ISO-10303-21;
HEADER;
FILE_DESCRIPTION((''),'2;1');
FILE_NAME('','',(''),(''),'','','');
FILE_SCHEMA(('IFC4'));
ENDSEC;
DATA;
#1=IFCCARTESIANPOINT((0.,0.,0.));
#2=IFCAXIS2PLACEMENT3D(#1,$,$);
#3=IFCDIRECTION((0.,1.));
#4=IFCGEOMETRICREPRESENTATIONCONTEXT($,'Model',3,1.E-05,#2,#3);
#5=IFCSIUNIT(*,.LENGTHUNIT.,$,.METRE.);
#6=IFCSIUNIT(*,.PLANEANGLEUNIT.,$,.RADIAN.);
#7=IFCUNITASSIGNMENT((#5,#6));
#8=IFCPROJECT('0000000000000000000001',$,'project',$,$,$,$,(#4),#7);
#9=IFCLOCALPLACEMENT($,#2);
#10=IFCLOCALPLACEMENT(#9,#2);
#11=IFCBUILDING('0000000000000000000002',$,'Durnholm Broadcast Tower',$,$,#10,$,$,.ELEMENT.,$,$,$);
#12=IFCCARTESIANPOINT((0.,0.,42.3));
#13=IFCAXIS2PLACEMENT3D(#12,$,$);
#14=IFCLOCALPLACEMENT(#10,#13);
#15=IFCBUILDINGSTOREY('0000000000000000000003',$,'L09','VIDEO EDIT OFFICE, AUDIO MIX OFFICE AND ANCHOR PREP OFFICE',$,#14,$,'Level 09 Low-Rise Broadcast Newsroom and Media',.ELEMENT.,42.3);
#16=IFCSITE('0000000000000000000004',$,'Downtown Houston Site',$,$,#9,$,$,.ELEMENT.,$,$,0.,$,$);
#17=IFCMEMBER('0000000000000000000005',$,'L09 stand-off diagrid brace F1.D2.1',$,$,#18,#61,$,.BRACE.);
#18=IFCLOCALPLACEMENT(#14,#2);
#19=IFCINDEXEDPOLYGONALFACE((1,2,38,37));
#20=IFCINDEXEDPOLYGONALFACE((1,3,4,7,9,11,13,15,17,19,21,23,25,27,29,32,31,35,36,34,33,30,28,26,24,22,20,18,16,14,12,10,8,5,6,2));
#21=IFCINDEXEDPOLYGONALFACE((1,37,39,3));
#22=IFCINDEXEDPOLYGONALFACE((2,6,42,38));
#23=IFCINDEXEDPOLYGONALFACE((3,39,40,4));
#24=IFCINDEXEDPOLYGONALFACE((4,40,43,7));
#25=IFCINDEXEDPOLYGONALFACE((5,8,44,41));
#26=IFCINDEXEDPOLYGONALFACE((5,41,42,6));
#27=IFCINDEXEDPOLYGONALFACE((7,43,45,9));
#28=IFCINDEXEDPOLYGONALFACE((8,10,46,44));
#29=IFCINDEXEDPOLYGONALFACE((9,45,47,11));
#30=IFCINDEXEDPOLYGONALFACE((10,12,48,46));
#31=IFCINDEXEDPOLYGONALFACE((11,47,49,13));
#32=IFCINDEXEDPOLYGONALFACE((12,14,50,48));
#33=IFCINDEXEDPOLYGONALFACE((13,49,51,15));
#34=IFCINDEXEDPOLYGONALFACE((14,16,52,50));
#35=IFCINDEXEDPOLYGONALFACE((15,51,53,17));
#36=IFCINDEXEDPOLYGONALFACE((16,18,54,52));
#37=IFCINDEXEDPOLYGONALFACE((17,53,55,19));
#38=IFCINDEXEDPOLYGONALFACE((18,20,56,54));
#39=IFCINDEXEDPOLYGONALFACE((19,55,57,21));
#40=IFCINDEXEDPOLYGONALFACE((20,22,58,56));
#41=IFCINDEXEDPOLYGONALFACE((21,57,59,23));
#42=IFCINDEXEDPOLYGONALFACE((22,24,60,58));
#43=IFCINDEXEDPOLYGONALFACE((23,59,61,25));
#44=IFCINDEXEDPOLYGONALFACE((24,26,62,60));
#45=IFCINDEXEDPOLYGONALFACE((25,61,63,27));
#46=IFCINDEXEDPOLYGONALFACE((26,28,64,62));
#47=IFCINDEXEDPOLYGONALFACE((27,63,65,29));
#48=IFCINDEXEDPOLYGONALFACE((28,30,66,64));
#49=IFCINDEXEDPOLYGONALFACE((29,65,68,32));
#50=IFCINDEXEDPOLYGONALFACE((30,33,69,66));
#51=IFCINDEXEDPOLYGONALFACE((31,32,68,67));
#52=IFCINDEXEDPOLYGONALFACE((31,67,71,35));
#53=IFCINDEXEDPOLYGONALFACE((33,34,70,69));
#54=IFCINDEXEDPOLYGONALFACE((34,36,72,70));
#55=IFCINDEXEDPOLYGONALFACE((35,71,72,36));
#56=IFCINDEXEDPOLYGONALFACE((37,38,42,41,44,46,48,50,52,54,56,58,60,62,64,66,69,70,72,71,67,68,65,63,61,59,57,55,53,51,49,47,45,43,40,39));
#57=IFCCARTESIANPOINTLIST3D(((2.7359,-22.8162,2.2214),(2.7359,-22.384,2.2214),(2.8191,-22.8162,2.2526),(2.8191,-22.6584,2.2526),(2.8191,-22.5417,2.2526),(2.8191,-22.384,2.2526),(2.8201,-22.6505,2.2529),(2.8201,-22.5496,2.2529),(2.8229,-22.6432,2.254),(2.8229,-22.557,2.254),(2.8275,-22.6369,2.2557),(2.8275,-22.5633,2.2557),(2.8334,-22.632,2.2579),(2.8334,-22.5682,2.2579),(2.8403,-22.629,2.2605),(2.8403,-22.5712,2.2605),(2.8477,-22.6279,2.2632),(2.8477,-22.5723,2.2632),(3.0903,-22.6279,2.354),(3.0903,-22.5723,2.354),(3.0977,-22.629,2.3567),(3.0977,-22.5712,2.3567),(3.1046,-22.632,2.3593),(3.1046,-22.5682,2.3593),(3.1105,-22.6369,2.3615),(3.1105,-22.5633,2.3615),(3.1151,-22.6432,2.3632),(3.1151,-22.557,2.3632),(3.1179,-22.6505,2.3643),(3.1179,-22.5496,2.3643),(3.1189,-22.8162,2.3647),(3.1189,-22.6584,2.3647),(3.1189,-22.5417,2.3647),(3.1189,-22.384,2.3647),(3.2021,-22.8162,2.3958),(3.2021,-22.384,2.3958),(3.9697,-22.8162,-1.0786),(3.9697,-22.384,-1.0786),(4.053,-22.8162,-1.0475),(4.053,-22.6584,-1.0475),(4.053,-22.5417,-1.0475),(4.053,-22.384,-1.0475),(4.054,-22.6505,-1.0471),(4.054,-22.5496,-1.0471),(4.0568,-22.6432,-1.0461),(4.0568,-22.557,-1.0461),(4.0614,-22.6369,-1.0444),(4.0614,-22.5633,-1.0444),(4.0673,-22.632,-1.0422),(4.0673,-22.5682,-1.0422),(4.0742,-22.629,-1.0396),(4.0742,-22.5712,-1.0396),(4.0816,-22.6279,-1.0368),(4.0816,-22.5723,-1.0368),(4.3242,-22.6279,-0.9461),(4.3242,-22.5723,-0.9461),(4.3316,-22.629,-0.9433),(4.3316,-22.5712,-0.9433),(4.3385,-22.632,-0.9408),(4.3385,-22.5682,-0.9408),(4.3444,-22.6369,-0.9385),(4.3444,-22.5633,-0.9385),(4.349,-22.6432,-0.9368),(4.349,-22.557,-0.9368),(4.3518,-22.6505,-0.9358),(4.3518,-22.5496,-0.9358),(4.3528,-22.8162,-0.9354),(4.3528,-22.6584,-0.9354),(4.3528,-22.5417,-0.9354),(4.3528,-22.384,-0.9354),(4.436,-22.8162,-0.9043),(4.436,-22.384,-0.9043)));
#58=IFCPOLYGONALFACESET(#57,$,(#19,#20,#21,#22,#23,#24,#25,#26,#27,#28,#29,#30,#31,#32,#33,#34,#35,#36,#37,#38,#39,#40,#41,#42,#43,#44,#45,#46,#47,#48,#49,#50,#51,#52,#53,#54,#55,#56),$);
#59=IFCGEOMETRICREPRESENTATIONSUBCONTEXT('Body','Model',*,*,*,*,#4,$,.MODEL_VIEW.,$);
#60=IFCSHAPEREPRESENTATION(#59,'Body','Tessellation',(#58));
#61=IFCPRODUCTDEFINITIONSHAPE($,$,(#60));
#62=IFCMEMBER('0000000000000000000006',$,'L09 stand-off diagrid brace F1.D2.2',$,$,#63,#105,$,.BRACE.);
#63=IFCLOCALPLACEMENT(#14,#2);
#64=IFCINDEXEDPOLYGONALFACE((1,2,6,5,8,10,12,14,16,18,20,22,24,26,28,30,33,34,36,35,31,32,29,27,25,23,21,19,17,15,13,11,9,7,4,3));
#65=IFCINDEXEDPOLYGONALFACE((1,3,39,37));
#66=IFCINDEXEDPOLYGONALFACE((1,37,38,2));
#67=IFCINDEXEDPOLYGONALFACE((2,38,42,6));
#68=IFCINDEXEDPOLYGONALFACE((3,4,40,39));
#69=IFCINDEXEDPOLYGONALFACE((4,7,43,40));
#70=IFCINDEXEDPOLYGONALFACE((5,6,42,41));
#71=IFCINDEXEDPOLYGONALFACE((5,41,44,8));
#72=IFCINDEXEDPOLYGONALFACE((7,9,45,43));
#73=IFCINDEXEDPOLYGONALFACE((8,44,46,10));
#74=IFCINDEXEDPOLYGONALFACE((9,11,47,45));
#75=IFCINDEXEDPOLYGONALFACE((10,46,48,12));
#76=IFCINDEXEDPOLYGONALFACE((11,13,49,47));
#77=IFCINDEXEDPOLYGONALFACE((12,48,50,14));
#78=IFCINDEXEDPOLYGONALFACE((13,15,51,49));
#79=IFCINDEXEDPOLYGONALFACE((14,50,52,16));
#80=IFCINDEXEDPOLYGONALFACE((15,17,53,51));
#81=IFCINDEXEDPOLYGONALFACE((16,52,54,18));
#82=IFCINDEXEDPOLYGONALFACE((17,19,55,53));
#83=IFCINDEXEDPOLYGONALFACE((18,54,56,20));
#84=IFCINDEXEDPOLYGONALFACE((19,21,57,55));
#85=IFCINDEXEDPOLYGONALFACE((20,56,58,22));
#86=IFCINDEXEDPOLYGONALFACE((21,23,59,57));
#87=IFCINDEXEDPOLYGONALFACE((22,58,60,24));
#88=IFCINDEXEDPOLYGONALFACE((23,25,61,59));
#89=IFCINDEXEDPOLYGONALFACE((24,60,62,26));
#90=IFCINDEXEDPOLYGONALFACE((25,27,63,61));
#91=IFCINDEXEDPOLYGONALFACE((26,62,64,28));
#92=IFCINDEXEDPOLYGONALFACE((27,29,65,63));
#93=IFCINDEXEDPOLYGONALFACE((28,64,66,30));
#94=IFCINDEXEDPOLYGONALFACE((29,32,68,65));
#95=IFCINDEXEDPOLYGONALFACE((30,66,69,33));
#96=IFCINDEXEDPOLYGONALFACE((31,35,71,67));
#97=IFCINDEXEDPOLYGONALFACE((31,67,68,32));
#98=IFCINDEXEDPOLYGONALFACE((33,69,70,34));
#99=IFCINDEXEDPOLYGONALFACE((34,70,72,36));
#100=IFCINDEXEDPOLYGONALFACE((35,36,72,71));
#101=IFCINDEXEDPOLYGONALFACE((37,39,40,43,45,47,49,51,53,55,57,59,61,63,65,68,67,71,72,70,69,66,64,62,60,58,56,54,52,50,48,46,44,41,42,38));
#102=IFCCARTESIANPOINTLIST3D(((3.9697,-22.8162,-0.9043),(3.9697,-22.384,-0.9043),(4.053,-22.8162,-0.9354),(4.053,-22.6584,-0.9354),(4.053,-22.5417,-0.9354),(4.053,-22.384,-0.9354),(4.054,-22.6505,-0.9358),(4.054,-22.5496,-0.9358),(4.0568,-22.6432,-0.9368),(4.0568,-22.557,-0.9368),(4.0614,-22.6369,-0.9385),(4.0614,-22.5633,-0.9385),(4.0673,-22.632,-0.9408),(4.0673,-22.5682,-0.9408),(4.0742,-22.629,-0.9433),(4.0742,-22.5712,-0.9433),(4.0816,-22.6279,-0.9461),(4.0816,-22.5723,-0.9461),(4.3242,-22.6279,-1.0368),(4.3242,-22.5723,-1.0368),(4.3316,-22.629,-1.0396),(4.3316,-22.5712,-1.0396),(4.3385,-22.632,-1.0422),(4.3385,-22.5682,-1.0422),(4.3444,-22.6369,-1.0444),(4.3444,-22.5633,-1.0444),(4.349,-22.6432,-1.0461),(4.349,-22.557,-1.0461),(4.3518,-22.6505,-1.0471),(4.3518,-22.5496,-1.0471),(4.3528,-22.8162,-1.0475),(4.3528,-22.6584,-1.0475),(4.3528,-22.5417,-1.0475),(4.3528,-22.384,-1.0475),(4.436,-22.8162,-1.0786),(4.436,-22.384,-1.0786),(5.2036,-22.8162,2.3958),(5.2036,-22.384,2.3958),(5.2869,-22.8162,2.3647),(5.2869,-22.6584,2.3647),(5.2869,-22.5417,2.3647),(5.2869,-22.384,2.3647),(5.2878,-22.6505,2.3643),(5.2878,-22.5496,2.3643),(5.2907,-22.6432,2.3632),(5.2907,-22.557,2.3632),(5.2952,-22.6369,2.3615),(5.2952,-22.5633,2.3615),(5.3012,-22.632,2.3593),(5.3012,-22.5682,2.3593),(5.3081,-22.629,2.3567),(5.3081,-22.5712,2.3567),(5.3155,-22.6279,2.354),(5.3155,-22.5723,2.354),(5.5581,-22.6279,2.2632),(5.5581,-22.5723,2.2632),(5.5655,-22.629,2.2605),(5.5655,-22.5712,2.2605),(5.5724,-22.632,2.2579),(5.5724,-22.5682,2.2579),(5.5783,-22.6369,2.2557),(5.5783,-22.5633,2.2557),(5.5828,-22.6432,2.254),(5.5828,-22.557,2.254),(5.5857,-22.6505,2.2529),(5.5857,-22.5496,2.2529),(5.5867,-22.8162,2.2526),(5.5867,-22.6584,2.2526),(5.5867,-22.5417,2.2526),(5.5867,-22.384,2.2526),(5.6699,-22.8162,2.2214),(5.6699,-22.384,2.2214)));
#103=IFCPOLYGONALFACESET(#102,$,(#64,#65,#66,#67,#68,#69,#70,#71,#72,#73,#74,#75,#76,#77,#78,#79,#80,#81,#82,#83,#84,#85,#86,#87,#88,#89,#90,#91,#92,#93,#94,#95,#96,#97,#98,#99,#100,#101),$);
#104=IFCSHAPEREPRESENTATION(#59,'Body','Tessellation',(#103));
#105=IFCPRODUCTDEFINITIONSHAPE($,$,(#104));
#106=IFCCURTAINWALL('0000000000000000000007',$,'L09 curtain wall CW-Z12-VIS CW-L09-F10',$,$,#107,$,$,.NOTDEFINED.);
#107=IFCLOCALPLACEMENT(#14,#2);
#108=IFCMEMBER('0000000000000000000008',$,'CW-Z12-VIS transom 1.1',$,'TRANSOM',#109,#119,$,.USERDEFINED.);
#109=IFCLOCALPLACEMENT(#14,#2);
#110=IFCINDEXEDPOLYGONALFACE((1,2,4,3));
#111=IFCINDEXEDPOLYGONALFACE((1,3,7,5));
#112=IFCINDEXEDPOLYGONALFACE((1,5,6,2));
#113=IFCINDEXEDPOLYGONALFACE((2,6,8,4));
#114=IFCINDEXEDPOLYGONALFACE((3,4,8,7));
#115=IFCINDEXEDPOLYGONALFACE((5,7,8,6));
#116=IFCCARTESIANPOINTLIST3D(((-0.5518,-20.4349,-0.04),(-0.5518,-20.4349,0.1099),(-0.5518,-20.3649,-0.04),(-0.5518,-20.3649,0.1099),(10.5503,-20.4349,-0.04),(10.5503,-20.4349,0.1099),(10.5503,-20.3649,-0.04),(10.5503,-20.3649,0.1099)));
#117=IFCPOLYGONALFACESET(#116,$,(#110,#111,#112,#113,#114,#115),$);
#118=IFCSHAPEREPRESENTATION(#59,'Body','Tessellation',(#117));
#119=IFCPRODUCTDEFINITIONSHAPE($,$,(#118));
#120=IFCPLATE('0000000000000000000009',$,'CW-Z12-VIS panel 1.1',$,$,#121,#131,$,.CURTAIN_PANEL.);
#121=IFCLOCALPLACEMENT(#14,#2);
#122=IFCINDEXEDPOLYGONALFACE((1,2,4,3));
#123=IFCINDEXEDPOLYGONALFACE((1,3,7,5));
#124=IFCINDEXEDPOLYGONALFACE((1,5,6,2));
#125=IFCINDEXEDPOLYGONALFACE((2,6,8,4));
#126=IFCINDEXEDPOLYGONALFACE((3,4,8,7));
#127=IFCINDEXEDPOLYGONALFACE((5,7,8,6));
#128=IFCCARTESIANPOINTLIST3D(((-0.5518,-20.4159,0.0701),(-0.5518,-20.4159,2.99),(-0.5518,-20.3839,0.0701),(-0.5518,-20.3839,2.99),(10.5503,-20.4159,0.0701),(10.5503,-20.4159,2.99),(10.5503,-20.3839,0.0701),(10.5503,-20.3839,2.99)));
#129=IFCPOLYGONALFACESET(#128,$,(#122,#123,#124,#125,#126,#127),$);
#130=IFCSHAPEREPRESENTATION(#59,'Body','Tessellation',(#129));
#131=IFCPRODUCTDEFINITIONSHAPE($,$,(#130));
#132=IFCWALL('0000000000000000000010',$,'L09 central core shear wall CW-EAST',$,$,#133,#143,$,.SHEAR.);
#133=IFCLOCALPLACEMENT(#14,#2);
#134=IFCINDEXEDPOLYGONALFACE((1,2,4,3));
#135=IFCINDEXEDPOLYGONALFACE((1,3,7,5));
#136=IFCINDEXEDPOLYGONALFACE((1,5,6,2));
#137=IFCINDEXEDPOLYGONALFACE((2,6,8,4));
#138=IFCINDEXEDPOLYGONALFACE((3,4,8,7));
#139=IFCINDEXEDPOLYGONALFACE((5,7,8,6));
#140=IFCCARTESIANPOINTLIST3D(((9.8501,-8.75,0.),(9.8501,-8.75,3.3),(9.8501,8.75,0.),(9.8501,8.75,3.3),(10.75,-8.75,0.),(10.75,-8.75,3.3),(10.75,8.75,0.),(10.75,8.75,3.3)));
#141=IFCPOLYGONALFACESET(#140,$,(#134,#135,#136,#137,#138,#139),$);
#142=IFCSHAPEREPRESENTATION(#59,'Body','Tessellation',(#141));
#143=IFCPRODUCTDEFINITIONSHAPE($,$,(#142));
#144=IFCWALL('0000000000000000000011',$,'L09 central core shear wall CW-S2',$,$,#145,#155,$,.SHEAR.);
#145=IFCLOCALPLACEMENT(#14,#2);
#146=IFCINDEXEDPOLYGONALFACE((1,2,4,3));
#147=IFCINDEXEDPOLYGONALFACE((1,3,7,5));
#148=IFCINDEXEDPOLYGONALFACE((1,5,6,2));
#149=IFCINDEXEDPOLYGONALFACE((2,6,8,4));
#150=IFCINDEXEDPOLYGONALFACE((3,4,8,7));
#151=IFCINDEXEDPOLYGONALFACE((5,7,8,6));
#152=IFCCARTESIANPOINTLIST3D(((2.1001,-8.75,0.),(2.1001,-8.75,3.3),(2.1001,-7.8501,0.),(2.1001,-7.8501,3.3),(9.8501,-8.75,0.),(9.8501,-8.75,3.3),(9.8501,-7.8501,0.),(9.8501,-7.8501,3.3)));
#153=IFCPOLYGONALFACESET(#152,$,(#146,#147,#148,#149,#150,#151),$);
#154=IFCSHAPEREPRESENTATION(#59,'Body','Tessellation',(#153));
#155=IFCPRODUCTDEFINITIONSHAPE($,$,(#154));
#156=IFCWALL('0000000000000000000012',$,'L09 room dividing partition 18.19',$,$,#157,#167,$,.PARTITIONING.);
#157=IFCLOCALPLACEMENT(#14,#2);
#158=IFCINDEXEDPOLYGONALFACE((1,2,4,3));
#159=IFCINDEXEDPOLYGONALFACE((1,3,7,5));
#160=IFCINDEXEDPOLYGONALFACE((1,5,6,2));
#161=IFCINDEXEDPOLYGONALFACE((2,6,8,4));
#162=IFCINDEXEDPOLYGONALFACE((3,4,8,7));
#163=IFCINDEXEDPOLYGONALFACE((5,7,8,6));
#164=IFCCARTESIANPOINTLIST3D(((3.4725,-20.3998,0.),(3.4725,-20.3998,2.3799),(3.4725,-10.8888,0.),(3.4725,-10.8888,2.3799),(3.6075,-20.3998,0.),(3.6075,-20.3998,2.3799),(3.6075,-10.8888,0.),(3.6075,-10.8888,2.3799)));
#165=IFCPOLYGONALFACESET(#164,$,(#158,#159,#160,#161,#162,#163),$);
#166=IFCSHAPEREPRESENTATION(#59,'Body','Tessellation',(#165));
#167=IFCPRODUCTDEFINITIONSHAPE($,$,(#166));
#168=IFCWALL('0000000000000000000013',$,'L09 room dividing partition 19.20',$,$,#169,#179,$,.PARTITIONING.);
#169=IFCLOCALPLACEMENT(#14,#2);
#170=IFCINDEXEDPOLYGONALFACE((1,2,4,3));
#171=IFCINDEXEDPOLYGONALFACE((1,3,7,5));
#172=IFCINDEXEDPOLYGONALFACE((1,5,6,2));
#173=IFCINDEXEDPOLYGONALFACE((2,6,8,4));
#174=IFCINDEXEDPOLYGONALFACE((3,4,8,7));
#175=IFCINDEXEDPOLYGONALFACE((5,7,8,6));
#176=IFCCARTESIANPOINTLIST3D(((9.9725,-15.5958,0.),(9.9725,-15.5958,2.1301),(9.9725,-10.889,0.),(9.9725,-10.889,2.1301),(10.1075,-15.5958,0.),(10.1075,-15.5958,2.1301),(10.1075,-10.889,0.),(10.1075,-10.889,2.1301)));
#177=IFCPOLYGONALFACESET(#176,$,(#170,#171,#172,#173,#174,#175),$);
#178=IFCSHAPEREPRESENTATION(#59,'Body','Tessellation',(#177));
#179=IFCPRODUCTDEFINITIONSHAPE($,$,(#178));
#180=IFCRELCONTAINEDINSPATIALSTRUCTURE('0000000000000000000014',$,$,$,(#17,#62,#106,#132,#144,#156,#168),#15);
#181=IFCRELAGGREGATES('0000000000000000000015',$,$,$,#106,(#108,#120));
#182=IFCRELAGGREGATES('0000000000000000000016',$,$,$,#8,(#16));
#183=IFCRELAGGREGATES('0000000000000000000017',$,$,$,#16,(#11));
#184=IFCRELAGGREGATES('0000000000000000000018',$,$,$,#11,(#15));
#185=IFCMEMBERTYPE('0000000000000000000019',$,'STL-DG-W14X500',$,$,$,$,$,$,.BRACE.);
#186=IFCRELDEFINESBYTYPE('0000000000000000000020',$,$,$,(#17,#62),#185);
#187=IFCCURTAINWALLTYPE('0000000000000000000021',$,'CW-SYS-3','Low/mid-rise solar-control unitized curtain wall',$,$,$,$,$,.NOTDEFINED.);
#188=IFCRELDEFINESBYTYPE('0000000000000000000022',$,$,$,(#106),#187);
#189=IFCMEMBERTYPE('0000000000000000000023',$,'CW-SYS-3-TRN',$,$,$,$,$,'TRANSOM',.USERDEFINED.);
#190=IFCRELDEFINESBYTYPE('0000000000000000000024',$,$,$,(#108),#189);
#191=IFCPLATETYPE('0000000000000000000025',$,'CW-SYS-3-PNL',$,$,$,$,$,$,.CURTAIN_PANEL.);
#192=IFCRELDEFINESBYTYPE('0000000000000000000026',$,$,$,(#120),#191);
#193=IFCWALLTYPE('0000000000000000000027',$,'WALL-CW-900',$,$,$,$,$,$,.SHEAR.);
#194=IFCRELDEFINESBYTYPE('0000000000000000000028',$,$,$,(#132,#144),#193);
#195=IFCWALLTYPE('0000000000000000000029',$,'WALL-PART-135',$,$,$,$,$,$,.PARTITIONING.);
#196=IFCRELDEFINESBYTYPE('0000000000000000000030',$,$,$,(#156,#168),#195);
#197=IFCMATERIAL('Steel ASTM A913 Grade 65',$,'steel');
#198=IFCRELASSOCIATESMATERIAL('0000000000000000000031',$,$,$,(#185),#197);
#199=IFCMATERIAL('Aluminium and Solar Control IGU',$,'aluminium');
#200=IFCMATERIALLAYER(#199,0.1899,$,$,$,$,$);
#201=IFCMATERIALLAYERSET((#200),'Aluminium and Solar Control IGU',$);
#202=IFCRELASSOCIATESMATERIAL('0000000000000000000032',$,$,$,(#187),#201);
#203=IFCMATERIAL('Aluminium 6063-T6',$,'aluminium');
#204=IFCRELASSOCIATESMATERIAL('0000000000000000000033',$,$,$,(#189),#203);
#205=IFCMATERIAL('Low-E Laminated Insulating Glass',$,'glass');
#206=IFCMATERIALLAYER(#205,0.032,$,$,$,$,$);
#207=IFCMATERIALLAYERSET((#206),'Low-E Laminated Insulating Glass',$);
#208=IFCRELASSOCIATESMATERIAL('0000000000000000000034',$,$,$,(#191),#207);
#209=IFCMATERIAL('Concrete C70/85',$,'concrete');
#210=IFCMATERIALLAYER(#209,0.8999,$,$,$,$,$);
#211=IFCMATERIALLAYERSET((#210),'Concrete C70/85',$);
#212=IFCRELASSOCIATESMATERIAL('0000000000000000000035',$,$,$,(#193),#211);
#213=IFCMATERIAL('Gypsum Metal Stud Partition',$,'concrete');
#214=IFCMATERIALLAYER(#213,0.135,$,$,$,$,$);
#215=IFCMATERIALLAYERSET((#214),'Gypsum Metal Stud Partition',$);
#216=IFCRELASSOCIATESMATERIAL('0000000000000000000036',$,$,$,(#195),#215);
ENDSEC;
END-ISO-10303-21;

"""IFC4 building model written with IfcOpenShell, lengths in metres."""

from ifc_helpers import new_model, si_unit, direction, frame, frame_2d, origin, origin_2d, place, context, subcontext, project, spatial, rectangle, i_section, extrude, source, transform, mapped, material, layer, layer_set, material_profile, profile_set, type_object, type_shapes, element, aggregate, save


model = new_model("IFC4")

# Units and contexts
model_context = context("Model", 3, precision=1e-05, world=origin(), true_north=direction((0.0, 1.0)))
body_context = subcontext(model_context, "Body", "Model", "MODEL_VIEW")
ifc_project = project(units=[si_unit("LENGTHUNIT", "METRE"), si_unit("PLANEANGLEUNIT", "RADIAN")], contexts=[model_context])

# Site, building, storey
site_placement = place(None, origin())
site = spatial("IfcSite", under=ifc_project, at=site_placement, Name="Downtown Houston Site", CompositionType="ELEMENT", RefElevation=0.0)
building_placement = place(site_placement, origin())
building = spatial("IfcBuilding", under=site, at=building_placement, Name="Durnholm Broadcast Tower", CompositionType="ELEMENT")
storey_placement = place(building_placement, frame((0.0, 0.0, 42.3)))
storey = spatial("IfcBuildingStorey", under=building, at=storey_placement, Name="L09", Description="VIDEO EDIT OFFICE, AUDIO MIX OFFICE AND ANCHOR PREP OFFICE", LongName="Level 09 Low-Rise Broadcast Newsroom and Media", CompositionType="ELEMENT", Elevation=42.3)

# Shared definitions
ifc_material_1 = material(Name="Concrete C70/85", Category="concrete")

# Members
ifc_material_2 = material(Name="Steel ASTM A913 Grade 65", Category="steel")
ifc_material_profile_1 = material_profile(ifc_material_2, i_section(OverallWidth=0.4321, OverallDepth=0.4978, WebThickness=0.0557, FlangeThickness=0.0889, FilletRadius=0.0305, at=origin_2d()), Name="W14X500")
ifc_profile_set_1 = profile_set([ifc_material_profile_1], Name="Steel ASTM A913 Grade 65")
member_type_1 = type_object("IfcMemberType", Name="STL-DG-W14X500", PredefinedType="BRACE", material=ifc_profile_set_1)
shared_shape_1 = source(origin(), body_context, "Body", "SweptSolid", [
    extrude(i_section(OverallWidth=0.4321, OverallDepth=0.4978, WebThickness=0.0557, FlangeThickness=0.0889, FilletRadius=0.0305, at=origin_2d()), origin(), (0.0, 0.0, 1.0), 3.5232),
])
type_shapes(member_type_1, [shared_shape_1])
for number, where, z_axis, x_axis, name in (
    (1, (4.2029, -22.6001, -0.9915), (-0.35022, 0.0, 0.936668), (0.0, -1.0, 0.0), "L09 stand-off diagrid brace F1.D2.1"),
    (2, (4.2029, -22.6001, -0.9915), (0.35022, 0.0, 0.936668), (0.0, 1.0, 0.0), "L09 stand-off diagrid brace F1.D2.2"),
):
    element("IfcMember", number, at=place(storey_placement, frame(where, z_axis=z_axis, x_axis=x_axis)), inside=storey, type_object=member_type_1, Name=name, PredefinedType="BRACE", context=body_context, shape_type="MappedRepresentation", body=[
        mapped(shared_shape_1, transform((0.0, 0.0, 0.0), x_axis=(1.0, 0.0, 0.0), y_axis=(0.0, 1.0, 0.0), z_axis=(0.0, 0.0, 1.0), scale=1.0)),
    ])

# Curtain wall, member, plate
ifc_material_3 = material(Name="Aluminium and Solar Control IGU", Category="aluminium")
ifc_layer_1 = layer(ifc_material_3, 0.1899)
ifc_layer_set_1 = layer_set([ifc_layer_1], Name="Aluminium and Solar Control IGU")
curtain_wall_type = type_object("IfcCurtainWallType", Name="CW-SYS-3", Description="Low/mid-rise solar-control unitized curtain wall", PredefinedType="NOTDEFINED", material=ifc_layer_set_1)
curtain_wall_placement = place(storey_placement, origin())
curtain_wall = element("IfcCurtainWall", 3, at=curtain_wall_placement, inside=storey, type_object=curtain_wall_type, Name="L09 curtain wall CW-Z12-VIS CW-L09-F10", PredefinedType="NOTDEFINED")
ifc_material_4 = material(Name="Aluminium 6063-T6", Category="aluminium")
ifc_material_profile_2 = material_profile(ifc_material_4, rectangle(XDim=0.0701, YDim=0.1499, at=origin_2d()), Name="CWT70X150")
ifc_profile_set_2 = profile_set([ifc_material_profile_2], Name="Aluminium 6063-T6")
member_type_2 = type_object("IfcMemberType", Name="CW-SYS-3-TRN", ElementType="TRANSOM", PredefinedType="USERDEFINED", material=ifc_profile_set_2)
shared_shape_2 = source(origin(), body_context, "Body", "SweptSolid", [
    extrude(rectangle(XDim=0.0701, YDim=0.1499, at=origin_2d()), origin(), (0.0, 0.0, 1.0), 11.1021),
])
type_shapes(member_type_2, [shared_shape_2])
member_placement = place(storey_placement, frame((10.5503, -20.3999, 0.0349), z_axis=(-1.0, 0.0, 0.0), x_axis=(0.0, -1.0, 0.0)))
member = element("IfcMember", 4, at=member_placement, type_object=member_type_2, Name="CW-Z12-VIS transom 1.1", ObjectType="TRANSOM", PredefinedType="USERDEFINED", context=body_context, shape_type="MappedRepresentation", body=[
    mapped(shared_shape_2, transform((0.0, 0.0, 0.0), x_axis=(1.0, 0.0, 0.0), y_axis=(0.0, 1.0, 0.0), z_axis=(0.0, 0.0, 1.0), scale=1.0)),
])
ifc_material_5 = material(Name="Low-E Laminated Insulating Glass", Category="glass")
ifc_layer_2 = layer(ifc_material_5, 0.032)
ifc_layer_set_2 = layer_set([ifc_layer_2], Name="Low-E Laminated Insulating Glass")
plate_type = type_object("IfcPlateType", Name="CW-SYS-3-PNL", PredefinedType="CURTAIN_PANEL", material=ifc_layer_set_2)
shared_shape_3 = source(origin(), body_context, "Body", "SweptSolid", [
    extrude(rectangle(XDim=11.1021, YDim=0.032, at=origin_2d()), origin(), (0.0, 0.0, 1.0), 2.9199),
])
type_shapes(plate_type, [shared_shape_3])
plate_placement = place(storey_placement, frame((4.9993, -20.3999, 0.0701), z_axis=(0.0, 0.0, 1.0), x_axis=(-1.0, 0.0, 0.0)))
plate = element("IfcPlate", 5, at=plate_placement, type_object=plate_type, Name="CW-Z12-VIS panel 1.1", PredefinedType="CURTAIN_PANEL", context=body_context, shape_type="MappedRepresentation", body=[
    mapped(shared_shape_3, transform((0.0, 0.0, 0.0), x_axis=(1.0, 0.0, 0.0), y_axis=(0.0, 1.0, 0.0), z_axis=(0.0, 0.0, 1.0), scale=1.0)),
])
aggregate(curtain_wall, [member, plate])

# Walls
ifc_layer_3 = layer(ifc_material_1, 0.8999)
ifc_layer_set_3 = layer_set([ifc_layer_3], Name="Concrete C70/85")
wall_type_1 = type_object("IfcWallType", Name="WALL-CW-900", PredefinedType="SHEAR", material=ifc_layer_set_3)
wall_1_placement = place(storey_placement, frame((10.3, -8.75, 0.0), z_axis=(0.0, 0.0, 1.0), x_axis=(0.0, 1.0, 0.0)))
element("IfcWall", 6, at=wall_1_placement, inside=storey, type_object=wall_type_1, Name="L09 central core shear wall CW-EAST", PredefinedType="SHEAR", context=body_context, shape_type="SweptSolid", body=[
    extrude(rectangle(XDim=17.5, YDim=0.8999, at=frame_2d((8.75, 0.0))), origin(), (0.0, 0.0, 1.0), 3.3),
])
wall_2_placement = place(storey_placement, frame((2.1001, -8.3, 0.0), z_axis=(0.0, 0.0, 1.0), x_axis=(1.0, 0.0, 0.0)))
element("IfcWall", 7, at=wall_2_placement, inside=storey, type_object=wall_type_1, Name="L09 central core shear wall CW-S2", PredefinedType="SHEAR", context=body_context, shape_type="SweptSolid", body=[
    extrude(rectangle(XDim=7.75, YDim=0.8999, at=frame_2d((3.875, 0.0))), origin(), (0.0, 0.0, 1.0), 3.3),
])
ifc_material_6 = material(Name="Gypsum Metal Stud Partition", Category="concrete")
ifc_layer_4 = layer(ifc_material_6, 0.135)
ifc_layer_set_4 = layer_set([ifc_layer_4], Name="Gypsum Metal Stud Partition")
wall_type_2 = type_object("IfcWallType", Name="WALL-PART-135", PredefinedType="PARTITIONING", material=ifc_layer_set_4)
wall_3_placement = place(storey_placement, frame((3.54, -10.8889, 0.0), z_axis=(0.0, 0.0, 1.0), x_axis=(0.0, -1.0, 0.0)))
element("IfcWall", 8, at=wall_3_placement, inside=storey, type_object=wall_type_2, Name="L09 room dividing partition 18.19", PredefinedType="PARTITIONING", context=body_context, shape_type="SweptSolid", body=[
    extrude(rectangle(XDim=9.511, YDim=0.135, at=frame_2d((4.7554, 0.0))), origin(), (0.0, 0.0, 1.0), 2.3799),
])
wall_4_placement = place(storey_placement, frame((10.04, -10.8889, 0.0), z_axis=(0.0, 0.0, 1.0), x_axis=(0.0, -1.0, 0.0)))
element("IfcWall", 9, at=wall_4_placement, inside=storey, type_object=wall_type_2, Name="L09 room dividing partition 19.20", PredefinedType="PARTITIONING", context=body_context, shape_type="SweptSolid", body=[
    extrude(rectangle(XDim=4.7068, YDim=0.135, at=frame_2d((2.3535, 0.0))), origin(), (0.0, 0.0, 1.0), 2.1301),
])

save(model, "model.ifc")
